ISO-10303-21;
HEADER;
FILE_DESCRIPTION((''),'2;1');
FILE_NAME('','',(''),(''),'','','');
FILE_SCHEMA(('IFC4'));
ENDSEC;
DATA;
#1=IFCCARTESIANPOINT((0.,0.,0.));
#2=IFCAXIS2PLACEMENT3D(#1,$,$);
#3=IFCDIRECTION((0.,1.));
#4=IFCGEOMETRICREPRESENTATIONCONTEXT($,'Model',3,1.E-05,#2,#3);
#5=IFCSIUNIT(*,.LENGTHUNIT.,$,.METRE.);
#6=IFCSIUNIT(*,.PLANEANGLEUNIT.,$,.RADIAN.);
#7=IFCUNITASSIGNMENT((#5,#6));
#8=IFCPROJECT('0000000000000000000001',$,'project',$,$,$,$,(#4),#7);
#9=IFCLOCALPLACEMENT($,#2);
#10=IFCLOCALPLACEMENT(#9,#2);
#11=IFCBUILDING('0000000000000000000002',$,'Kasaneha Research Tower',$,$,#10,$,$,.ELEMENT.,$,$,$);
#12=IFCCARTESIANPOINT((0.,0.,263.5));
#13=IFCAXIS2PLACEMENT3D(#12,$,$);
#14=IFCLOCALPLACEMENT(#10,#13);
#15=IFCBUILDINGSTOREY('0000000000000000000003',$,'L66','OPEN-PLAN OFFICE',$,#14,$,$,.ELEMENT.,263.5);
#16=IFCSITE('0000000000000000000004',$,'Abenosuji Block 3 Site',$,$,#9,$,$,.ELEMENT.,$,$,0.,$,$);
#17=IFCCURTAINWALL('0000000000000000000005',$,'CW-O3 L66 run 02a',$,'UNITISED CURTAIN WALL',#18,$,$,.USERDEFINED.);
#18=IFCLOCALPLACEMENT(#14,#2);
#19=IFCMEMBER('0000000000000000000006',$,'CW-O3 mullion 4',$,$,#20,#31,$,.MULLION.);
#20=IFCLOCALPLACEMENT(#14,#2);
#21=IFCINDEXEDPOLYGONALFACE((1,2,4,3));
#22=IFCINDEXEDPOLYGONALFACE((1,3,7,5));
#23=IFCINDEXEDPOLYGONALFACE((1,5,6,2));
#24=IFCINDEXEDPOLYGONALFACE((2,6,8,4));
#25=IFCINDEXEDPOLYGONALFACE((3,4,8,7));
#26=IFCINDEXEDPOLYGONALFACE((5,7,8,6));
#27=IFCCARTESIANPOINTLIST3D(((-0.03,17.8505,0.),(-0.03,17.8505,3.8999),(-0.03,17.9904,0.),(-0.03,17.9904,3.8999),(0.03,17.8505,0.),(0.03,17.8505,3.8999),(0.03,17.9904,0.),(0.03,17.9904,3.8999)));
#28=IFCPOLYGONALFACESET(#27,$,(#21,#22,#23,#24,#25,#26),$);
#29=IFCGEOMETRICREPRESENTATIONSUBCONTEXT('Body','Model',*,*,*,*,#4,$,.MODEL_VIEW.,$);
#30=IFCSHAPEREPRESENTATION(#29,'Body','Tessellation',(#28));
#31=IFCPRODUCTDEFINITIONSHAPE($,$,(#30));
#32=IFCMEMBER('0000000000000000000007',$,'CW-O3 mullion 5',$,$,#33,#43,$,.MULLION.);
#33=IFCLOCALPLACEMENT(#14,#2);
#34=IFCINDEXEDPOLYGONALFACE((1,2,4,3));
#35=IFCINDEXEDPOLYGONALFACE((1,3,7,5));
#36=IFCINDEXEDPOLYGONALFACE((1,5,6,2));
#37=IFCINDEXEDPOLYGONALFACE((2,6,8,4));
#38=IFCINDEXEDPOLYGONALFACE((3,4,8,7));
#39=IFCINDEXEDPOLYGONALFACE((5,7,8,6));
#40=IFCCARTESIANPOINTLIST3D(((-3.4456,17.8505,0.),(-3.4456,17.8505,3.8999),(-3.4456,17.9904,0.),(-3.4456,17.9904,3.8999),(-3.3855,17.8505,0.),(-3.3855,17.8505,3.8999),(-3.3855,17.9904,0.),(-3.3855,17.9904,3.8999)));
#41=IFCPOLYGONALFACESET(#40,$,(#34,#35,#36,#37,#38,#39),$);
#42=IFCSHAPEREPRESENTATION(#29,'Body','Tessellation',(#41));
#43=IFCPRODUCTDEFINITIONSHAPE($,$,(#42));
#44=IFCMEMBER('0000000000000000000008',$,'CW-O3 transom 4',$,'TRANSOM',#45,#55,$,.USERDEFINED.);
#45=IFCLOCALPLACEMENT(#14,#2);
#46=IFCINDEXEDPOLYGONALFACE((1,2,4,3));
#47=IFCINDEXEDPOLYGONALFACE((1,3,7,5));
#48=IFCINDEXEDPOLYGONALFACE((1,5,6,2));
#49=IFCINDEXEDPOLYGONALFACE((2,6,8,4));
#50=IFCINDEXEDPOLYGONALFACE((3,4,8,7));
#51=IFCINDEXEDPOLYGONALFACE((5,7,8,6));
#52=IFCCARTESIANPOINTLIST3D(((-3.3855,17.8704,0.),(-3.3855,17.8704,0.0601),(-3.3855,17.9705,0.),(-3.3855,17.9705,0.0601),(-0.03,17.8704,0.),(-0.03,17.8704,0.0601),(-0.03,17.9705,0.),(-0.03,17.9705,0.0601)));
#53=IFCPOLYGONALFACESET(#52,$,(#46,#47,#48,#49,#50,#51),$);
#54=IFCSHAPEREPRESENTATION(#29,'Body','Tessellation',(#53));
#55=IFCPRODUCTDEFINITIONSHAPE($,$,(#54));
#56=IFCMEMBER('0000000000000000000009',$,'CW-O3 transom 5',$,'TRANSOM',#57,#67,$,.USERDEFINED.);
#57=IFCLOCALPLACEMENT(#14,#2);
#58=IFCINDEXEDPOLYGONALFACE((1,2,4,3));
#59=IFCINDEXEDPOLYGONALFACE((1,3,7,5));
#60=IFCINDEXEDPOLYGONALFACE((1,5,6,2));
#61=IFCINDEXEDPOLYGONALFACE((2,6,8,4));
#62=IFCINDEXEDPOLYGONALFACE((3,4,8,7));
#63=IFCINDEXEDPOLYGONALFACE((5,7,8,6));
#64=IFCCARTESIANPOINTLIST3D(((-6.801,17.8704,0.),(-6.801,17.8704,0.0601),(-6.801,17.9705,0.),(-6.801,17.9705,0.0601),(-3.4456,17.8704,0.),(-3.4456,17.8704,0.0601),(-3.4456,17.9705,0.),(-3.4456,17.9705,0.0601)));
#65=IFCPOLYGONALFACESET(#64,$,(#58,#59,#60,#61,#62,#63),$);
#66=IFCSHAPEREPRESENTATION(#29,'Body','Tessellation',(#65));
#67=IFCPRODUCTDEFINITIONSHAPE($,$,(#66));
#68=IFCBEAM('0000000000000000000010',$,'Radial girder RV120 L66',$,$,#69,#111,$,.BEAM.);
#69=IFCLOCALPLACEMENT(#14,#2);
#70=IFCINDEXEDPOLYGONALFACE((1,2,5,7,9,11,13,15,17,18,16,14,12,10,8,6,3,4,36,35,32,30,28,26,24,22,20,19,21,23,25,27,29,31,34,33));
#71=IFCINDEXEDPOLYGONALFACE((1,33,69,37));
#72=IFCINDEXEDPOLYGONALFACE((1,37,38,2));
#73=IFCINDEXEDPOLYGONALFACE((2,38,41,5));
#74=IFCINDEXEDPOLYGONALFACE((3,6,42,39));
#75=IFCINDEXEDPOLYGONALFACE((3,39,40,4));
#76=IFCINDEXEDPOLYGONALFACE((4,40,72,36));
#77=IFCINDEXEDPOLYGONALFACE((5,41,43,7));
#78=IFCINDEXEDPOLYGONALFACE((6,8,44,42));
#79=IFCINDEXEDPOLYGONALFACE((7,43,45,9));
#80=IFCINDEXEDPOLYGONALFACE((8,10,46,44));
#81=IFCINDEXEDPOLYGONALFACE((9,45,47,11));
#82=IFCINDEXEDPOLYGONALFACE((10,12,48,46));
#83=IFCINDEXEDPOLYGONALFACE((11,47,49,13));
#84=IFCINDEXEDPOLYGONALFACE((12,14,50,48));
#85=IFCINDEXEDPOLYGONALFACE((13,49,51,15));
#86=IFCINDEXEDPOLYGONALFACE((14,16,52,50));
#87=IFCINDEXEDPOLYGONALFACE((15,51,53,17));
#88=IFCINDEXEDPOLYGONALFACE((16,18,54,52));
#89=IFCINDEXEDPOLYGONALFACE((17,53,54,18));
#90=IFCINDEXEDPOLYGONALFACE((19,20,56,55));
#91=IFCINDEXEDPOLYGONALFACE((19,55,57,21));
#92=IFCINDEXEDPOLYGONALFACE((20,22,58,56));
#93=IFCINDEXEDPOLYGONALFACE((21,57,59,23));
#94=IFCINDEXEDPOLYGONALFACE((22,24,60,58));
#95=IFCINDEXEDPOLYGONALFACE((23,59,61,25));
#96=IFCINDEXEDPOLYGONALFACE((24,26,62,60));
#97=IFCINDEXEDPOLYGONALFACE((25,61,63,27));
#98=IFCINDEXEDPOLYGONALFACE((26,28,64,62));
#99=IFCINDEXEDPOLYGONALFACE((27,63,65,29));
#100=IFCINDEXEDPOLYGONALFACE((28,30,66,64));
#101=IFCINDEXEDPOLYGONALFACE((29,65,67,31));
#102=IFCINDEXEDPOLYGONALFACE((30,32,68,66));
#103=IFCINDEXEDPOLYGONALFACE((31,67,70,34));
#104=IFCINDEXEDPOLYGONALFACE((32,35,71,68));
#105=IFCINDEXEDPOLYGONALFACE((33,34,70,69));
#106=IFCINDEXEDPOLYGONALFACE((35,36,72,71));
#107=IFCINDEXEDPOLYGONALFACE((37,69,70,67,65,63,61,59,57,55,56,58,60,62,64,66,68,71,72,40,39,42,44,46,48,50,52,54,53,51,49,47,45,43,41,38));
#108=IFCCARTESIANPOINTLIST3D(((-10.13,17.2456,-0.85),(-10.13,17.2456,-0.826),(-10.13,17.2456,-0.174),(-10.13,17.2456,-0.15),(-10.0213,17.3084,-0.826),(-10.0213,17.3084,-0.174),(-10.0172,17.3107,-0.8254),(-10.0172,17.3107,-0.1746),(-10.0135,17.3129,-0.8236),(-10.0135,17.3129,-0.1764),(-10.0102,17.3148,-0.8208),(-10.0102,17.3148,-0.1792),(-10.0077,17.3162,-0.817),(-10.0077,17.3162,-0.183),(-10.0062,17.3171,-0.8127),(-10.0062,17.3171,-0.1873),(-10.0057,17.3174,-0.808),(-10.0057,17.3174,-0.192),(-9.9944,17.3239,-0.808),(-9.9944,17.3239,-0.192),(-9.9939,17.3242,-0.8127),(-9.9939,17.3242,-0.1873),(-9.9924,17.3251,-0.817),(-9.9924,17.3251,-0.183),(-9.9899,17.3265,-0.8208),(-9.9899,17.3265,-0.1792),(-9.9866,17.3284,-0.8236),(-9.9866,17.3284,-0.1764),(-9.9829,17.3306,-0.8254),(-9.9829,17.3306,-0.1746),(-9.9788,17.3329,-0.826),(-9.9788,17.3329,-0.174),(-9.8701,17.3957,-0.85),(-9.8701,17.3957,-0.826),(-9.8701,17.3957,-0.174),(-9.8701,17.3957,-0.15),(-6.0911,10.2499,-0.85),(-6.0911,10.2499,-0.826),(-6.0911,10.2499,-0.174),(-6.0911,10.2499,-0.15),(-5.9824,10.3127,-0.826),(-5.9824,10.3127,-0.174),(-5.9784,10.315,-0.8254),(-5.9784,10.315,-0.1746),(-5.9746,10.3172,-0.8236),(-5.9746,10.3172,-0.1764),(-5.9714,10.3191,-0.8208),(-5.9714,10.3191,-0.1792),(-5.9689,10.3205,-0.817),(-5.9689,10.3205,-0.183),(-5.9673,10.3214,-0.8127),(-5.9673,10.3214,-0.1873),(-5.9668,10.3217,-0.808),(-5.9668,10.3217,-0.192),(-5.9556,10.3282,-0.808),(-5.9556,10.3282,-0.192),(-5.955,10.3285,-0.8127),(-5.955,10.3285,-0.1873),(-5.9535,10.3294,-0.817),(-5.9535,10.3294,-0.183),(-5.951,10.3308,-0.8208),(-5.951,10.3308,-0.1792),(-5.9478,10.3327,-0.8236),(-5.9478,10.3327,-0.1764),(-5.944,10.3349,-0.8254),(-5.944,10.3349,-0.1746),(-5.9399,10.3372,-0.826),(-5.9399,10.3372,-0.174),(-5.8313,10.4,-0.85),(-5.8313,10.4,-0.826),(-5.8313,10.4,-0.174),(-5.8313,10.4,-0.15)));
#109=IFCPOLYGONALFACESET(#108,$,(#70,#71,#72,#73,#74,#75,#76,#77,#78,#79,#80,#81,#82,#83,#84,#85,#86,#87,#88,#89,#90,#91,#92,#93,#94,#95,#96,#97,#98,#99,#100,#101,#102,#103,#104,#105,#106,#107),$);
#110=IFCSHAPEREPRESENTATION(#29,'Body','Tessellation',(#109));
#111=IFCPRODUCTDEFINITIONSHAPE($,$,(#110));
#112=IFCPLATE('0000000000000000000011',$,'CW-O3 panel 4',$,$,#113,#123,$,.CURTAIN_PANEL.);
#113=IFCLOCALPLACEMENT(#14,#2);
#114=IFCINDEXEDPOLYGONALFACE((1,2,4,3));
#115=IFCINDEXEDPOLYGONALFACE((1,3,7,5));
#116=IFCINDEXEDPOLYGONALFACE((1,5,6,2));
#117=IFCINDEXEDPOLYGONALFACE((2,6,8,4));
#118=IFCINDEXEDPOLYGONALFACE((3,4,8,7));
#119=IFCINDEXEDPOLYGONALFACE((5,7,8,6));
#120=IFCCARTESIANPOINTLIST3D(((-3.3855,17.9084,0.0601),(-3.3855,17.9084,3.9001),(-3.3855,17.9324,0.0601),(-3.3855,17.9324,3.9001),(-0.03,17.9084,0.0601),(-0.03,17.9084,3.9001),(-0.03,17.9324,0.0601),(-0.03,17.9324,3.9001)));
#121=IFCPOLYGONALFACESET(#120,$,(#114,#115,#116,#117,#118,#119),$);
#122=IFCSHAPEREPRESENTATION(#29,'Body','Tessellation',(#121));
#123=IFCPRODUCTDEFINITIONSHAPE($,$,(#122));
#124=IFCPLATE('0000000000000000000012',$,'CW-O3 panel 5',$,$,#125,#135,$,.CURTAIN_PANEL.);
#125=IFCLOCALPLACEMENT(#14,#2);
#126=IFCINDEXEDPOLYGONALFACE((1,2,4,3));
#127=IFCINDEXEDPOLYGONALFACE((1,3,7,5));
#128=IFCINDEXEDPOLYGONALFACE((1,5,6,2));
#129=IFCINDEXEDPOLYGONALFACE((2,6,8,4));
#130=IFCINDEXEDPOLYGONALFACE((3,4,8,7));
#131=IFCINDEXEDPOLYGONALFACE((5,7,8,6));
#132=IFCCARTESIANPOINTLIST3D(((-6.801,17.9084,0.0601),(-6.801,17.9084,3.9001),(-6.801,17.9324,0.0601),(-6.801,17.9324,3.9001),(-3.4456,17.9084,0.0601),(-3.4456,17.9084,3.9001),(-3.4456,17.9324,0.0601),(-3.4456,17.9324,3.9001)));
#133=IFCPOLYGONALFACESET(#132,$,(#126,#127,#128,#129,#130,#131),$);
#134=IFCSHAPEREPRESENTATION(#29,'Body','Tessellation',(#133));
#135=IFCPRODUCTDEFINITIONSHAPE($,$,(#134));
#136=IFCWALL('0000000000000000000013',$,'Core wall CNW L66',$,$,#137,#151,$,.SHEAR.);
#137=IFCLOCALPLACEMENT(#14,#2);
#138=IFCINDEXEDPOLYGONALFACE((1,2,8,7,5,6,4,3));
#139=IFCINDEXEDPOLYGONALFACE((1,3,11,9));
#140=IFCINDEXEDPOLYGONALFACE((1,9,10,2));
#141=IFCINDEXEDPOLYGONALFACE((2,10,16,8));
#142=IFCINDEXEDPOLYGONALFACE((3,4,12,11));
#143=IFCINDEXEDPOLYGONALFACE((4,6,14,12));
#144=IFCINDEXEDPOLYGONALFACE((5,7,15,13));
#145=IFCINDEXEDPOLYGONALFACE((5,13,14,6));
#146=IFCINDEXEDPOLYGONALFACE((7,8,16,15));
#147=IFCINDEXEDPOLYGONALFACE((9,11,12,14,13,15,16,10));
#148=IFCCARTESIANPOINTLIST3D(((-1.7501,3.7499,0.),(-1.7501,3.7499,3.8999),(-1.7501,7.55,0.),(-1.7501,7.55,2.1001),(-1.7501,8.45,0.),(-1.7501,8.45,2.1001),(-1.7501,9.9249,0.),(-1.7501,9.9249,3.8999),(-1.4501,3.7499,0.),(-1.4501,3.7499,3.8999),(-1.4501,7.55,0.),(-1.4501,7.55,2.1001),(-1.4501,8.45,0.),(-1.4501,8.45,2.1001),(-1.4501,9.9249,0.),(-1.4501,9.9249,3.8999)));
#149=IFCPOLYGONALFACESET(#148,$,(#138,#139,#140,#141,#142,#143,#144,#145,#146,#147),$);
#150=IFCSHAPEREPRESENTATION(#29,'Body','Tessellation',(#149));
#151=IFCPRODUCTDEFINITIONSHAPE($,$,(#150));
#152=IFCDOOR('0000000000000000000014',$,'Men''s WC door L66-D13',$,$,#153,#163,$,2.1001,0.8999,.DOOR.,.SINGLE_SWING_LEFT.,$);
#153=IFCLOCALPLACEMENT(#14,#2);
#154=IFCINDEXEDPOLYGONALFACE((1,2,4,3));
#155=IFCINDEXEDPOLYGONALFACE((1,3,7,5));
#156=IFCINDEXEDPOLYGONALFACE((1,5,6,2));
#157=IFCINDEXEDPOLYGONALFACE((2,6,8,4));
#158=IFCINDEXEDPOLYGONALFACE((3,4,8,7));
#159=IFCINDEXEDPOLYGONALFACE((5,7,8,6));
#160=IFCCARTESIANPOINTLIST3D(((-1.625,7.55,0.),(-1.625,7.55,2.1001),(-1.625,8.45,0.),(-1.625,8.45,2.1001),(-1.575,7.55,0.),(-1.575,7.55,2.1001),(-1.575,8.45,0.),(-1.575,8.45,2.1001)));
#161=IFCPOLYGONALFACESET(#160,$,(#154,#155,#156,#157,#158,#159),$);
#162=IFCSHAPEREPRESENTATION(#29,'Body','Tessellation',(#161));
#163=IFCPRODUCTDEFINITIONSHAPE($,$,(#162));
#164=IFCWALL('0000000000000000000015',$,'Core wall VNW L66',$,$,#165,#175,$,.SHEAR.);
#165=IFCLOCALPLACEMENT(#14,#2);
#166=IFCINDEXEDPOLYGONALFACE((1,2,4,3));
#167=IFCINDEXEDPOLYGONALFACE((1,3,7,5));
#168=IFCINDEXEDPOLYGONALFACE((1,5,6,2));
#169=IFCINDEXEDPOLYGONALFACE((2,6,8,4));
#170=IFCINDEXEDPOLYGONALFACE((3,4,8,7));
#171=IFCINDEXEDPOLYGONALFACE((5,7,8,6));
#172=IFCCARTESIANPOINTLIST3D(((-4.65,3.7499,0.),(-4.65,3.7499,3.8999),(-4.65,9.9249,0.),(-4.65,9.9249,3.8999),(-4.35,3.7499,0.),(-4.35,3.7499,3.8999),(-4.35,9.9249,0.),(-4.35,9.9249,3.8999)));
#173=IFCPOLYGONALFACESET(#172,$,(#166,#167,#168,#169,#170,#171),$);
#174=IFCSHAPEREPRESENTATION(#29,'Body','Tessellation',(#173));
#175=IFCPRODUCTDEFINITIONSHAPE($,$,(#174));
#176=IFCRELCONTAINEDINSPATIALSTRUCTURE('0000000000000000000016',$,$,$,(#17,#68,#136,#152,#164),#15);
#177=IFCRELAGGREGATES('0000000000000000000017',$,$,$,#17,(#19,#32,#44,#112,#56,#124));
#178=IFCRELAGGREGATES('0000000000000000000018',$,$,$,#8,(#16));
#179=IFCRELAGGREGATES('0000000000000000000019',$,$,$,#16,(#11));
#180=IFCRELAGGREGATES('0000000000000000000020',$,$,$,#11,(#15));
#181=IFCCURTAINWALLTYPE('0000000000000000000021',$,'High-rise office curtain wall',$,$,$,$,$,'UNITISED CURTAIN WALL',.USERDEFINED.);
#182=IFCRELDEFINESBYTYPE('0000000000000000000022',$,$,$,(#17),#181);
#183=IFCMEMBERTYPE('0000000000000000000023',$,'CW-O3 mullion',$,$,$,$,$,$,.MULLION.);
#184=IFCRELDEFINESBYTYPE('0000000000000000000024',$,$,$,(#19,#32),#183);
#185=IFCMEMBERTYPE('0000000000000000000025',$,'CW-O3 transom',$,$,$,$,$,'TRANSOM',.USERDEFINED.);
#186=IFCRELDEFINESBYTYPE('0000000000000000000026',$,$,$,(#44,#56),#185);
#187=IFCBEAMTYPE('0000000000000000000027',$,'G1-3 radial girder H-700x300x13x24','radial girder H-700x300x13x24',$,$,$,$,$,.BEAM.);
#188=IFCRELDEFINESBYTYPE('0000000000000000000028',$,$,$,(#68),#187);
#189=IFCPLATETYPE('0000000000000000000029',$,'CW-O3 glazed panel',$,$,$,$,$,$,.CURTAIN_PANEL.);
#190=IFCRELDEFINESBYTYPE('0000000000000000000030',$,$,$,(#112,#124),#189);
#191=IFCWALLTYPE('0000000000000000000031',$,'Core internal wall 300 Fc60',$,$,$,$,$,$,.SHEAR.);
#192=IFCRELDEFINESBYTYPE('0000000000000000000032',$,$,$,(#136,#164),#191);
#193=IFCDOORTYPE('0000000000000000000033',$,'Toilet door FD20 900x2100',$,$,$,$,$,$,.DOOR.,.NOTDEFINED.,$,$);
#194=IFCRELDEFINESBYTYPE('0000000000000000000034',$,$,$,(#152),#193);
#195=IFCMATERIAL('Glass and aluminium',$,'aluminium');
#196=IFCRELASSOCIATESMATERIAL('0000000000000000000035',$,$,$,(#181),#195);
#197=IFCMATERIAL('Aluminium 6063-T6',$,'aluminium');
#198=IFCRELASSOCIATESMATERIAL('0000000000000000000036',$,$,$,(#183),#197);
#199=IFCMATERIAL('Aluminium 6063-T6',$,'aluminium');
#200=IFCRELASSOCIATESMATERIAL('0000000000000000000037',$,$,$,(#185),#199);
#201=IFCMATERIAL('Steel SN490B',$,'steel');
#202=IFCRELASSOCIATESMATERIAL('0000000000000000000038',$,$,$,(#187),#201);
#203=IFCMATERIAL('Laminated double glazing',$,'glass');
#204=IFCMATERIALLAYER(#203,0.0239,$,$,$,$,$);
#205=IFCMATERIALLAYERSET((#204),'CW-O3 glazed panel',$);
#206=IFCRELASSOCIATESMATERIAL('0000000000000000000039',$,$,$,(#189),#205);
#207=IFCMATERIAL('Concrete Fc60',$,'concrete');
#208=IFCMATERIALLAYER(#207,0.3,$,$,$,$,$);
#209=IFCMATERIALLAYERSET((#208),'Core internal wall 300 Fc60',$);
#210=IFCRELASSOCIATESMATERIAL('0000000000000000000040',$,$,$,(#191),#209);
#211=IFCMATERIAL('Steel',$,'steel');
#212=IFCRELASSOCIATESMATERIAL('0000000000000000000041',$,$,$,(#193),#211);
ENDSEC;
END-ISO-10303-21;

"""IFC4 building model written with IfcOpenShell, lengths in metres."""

from ifc_helpers import new_model, si_unit, direction, frame, frame_2d, origin, origin_2d, place, context, subcontext, project, spatial, rectangle, i_section, extrude, material, layer, layer_set, material_profile, profile_set, type_object, element, fill, aggregate, save


model = new_model("IFC4")

# Units and contexts
model_context = context("Model", 3, precision=1e-05, world=origin(), true_north=direction((0.0, 1.0)))
body_context = subcontext(model_context, "Body", "Model", "MODEL_VIEW")
ifc_project = project(units=[si_unit("LENGTHUNIT", "METRE"), si_unit("PLANEANGLEUNIT", "RADIAN")], contexts=[model_context])

# Site, building, storey
site_placement = place(None, origin())
site = spatial("IfcSite", under=ifc_project, at=site_placement, Name="Abenosuji Block 3 Site", CompositionType="ELEMENT", RefElevation=0.0)
building_placement = place(site_placement, origin())
building = spatial("IfcBuilding", under=site, at=building_placement, Name="Kasaneha Research Tower", CompositionType="ELEMENT")
storey_placement = place(building_placement, frame((0.0, 0.0, 263.5)))
storey = spatial("IfcBuildingStorey", under=building, at=storey_placement, Name="L66", Description="OPEN-PLAN OFFICE", CompositionType="ELEMENT", Elevation=263.5)

# Curtain wall, members
ifc_material_1 = material(Name="Glass and aluminium", Category="aluminium")
curtain_wall_type = type_object("IfcCurtainWallType", Name="High-rise office curtain wall", ElementType="UNITISED CURTAIN WALL", PredefinedType="USERDEFINED", material=ifc_material_1)
curtain_wall_placement = place(storey_placement, origin())
curtain_wall = element("IfcCurtainWall", 1, at=curtain_wall_placement, inside=storey, type_object=curtain_wall_type, Name="CW-O3 L66 run 02a", ObjectType="UNITISED CURTAIN WALL", PredefinedType="USERDEFINED")
ifc_material_2 = material(Name="Aluminium 6063-T6", Category="aluminium")
ifc_material_profile_1 = material_profile(ifc_material_2, rectangle(XDim=0.0601, YDim=0.1399, at=origin_2d()), Name="CW-O3 mullion 60x140")
ifc_profile_set_1 = profile_set([ifc_material_profile_1], Name="Aluminium 6063-T6")
member_type_1 = type_object("IfcMemberType", Name="CW-O3 mullion", PredefinedType="MULLION", material=ifc_profile_set_1)
member_1_placement = place(storey_placement, frame((0.0, 17.9204, 0.0), z_axis=(0.0, 0.0, 1.0), x_axis=(-1.0, 0.0, 0.0)))
member_1 = element("IfcMember", 2, at=member_1_placement, type_object=member_type_1, Name="CW-O3 mullion 4", PredefinedType="MULLION", context=body_context, shape_type="SweptSolid", body=[
    extrude(rectangle(XDim=0.0601, YDim=0.1399, at=origin_2d()), origin(), (0.0, 0.0, 1.0), 3.8999),
])
member_2_placement = place(storey_placement, frame((-3.4155, 17.9204, 0.0), z_axis=(0.0, 0.0, 1.0), x_axis=(-1.0, 0.0, 0.0)))
member_2 = element("IfcMember", 3, at=member_2_placement, type_object=member_type_1, Name="CW-O3 mullion 5", PredefinedType="MULLION", context=body_context, shape_type="SweptSolid", body=[
    extrude(rectangle(XDim=0.0601, YDim=0.1399, at=origin_2d()), origin(), (0.0, 0.0, 1.0), 3.8999),
])
ifc_material_3 = material(Name="Aluminium 6063-T6", Category="aluminium")
ifc_material_profile_2 = material_profile(ifc_material_3, rectangle(XDim=0.1001, YDim=0.0601, at=origin_2d()), Name="CW-O3 transom 100x60")
ifc_profile_set_2 = profile_set([ifc_material_profile_2], Name="Aluminium 6063-T6")
member_type_2 = type_object("IfcMemberType", Name="CW-O3 transom", ElementType="TRANSOM", PredefinedType="USERDEFINED", material=ifc_profile_set_2)
member_3_placement = place(storey_placement, frame((-0.03, 17.9204, 0.03), z_axis=(-1.0, 0.0, 0.0), x_axis=(0.0, -1.0, 0.0)))
member_3 = element("IfcMember", 4, at=member_3_placement, type_object=member_type_2, Name="CW-O3 transom 4", ObjectType="TRANSOM", PredefinedType="USERDEFINED", context=body_context, shape_type="SweptSolid", body=[
    extrude(rectangle(XDim=0.1001, YDim=0.0601, at=origin_2d()), origin(), (0.0, 0.0, 1.0), 3.3555),
])
member_4_placement = place(storey_placement, frame((-3.4456, 17.9204, 0.03), z_axis=(-1.0, 0.0, 0.0), x_axis=(0.0, -1.0, 0.0)))
member_4 = element("IfcMember", 5, at=member_4_placement, type_object=member_type_2, Name="CW-O3 transom 5", ObjectType="TRANSOM", PredefinedType="USERDEFINED", context=body_context, shape_type="SweptSolid", body=[
    extrude(rectangle(XDim=0.1001, YDim=0.0601, at=origin_2d()), origin(), (0.0, 0.0, 1.0), 3.3555),
])

# Beam
ifc_material_4 = material(Name="Steel SN490B", Category="steel")
ifc_material_profile_3 = material_profile(ifc_material_4, i_section(OverallWidth=0.3, OverallDepth=0.7, WebThickness=0.0129, FlangeThickness=0.0239, FilletRadius=0.0181, at=origin_2d()), Name="H-700x300x13x24")
ifc_profile_set_3 = profile_set([ifc_material_profile_3], Name="Steel SN490B")
beam_type = type_object("IfcBeamType", Name="G1-3 radial girder H-700x300x13x24", Description="radial girder H-700x300x13x24", PredefinedType="BEAM", material=ifc_profile_set_3)
beam_placement = place(storey_placement, frame((-5.9612, 10.325, -0.5), z_axis=(-0.499991, 0.866031, 0.0), x_axis=(-0.866031, -0.499991, 0.0)))
element("IfcBeam", 6, at=beam_placement, inside=storey, type_object=beam_type, Name="Radial girder RV120 L66", PredefinedType="BEAM", context=body_context, shape_type="SweptSolid", body=[
    extrude(i_section(OverallWidth=0.3, OverallDepth=0.7, WebThickness=0.0129, FlangeThickness=0.0239, FilletRadius=0.0181, at=origin_2d()), origin(), (0.0, 0.0, 1.0), 8.0779),
])

# Plates
ifc_material_5 = material(Name="Laminated double glazing", Category="glass")
ifc_layer_1 = layer(ifc_material_5, 0.0239)
ifc_layer_set_1 = layer_set([ifc_layer_1], Name="CW-O3 glazed panel")
plate_type = type_object("IfcPlateType", Name="CW-O3 glazed panel", PredefinedType="CURTAIN_PANEL", material=ifc_layer_set_1)
plate_1_placement = place(storey_placement, frame((-1.7078, 17.9204, 0.0601), z_axis=(0.0, 0.0, 1.0), x_axis=(-1.0, 0.0, 0.0)))
plate_1 = element("IfcPlate", 7, at=plate_1_placement, type_object=plate_type, Name="CW-O3 panel 4", PredefinedType="CURTAIN_PANEL", context=body_context, shape_type="SweptSolid", body=[
    extrude(rectangle(XDim=3.3555, YDim=0.0239, at=origin_2d()), origin(), (0.0, 0.0, 1.0), 3.8401),
])
plate_2_placement = place(storey_placement, frame((-5.1233, 17.9204, 0.0601), z_axis=(0.0, 0.0, 1.0), x_axis=(-1.0, 0.0, 0.0)))
plate_2 = element("IfcPlate", 8, at=plate_2_placement, type_object=plate_type, Name="CW-O3 panel 5", PredefinedType="CURTAIN_PANEL", context=body_context, shape_type="SweptSolid", body=[
    extrude(rectangle(XDim=3.3555, YDim=0.0239, at=origin_2d()), origin(), (0.0, 0.0, 1.0), 3.8401),
])
aggregate(curtain_wall, [member_1, member_2, member_3, plate_1, member_4, plate_2])

# Wall, opening, door
ifc_material_6 = material(Name="Concrete Fc60", Category="concrete")
ifc_layer_2 = layer(ifc_material_6, 0.3)
ifc_layer_set_2 = layer_set([ifc_layer_2], Name="Core internal wall 300 Fc60")
wall_type_1 = type_object("IfcWallType", Name="Core internal wall 300 Fc60", PredefinedType="SHEAR", material=ifc_layer_set_2)
wall_1_placement = place(storey_placement, frame((-1.6001, 3.75, 0.0), z_axis=(0.0, 0.0, 1.0), x_axis=(0.0, 1.0, 0.0)))
wall_1 = element("IfcWall", 9, at=wall_1_placement, inside=storey, type_object=wall_type_1, Name="Core wall CNW L66", PredefinedType="SHEAR", context=body_context, shape_type="SweptSolid", body=[
    extrude(rectangle(XDim=6.175, YDim=0.3, at=frame_2d((3.0874, 0.0))), origin(), (0.0, 0.0, 1.0), 3.8999),
])
opening_1_placement = place(wall_1_placement, frame((3.8, 0.0, 0.0)))
opening_1 = element("IfcOpeningElement", 10, at=opening_1_placement, cuts=wall_1, PredefinedType="OPENING", context=body_context, shape_type="SweptSolid", body=[
    extrude(rectangle(XDim=0.8999, YDim=2.1001, at=frame_2d((0.45, 1.05))), frame((0.0, 0.1602, 0.0), z_axis=(0.0, -1.0, 0.0), x_axis=(1.0, 0.0, 0.0)), (0.0, 0.0, 1.0), 0.3201),
])
ifc_material_7 = material(Name="Steel", Category="steel")
door_type_1 = type_object("IfcDoorType", Name="Toilet door FD20 900x2100", OperationType="NOTDEFINED", PredefinedType="DOOR", material=ifc_material_7)
door_1_placement = place(opening_1_placement, origin())
door_1 = element("IfcDoor", 11, at=door_1_placement, inside=storey, type_object=door_type_1, Name="Men's WC door L66-D13", OperationType="SINGLE_SWING_LEFT", OverallHeight=2.1001, OverallWidth=0.8999, PredefinedType="DOOR", context=body_context, shape_type="SweptSolid", body=[
    extrude(rectangle(XDim=0.8999, YDim=2.1001, at=frame_2d((0.45, 1.05))), frame((0.0, 0.0249, 0.0), z_axis=(0.0, -1.0, 0.0), x_axis=(1.0, 0.0, 0.0)), (0.0, 0.0, 1.0), 0.05),
])
fill(opening_1, door_1)

# Wall
wall_2_placement = place(storey_placement, frame((-4.5, 3.75, 0.0), z_axis=(0.0, 0.0, 1.0), x_axis=(0.0, 1.0, 0.0)))
element("IfcWall", 12, at=wall_2_placement, inside=storey, type_object=wall_type_1, Name="Core wall VNW L66", PredefinedType="SHEAR", context=body_context, shape_type="SweptSolid", body=[
    extrude(rectangle(XDim=6.175, YDim=0.3, at=frame_2d((3.0874, 0.0))), origin(), (0.0, 0.0, 1.0), 3.8999),
])

save(model, "model.ifc")
